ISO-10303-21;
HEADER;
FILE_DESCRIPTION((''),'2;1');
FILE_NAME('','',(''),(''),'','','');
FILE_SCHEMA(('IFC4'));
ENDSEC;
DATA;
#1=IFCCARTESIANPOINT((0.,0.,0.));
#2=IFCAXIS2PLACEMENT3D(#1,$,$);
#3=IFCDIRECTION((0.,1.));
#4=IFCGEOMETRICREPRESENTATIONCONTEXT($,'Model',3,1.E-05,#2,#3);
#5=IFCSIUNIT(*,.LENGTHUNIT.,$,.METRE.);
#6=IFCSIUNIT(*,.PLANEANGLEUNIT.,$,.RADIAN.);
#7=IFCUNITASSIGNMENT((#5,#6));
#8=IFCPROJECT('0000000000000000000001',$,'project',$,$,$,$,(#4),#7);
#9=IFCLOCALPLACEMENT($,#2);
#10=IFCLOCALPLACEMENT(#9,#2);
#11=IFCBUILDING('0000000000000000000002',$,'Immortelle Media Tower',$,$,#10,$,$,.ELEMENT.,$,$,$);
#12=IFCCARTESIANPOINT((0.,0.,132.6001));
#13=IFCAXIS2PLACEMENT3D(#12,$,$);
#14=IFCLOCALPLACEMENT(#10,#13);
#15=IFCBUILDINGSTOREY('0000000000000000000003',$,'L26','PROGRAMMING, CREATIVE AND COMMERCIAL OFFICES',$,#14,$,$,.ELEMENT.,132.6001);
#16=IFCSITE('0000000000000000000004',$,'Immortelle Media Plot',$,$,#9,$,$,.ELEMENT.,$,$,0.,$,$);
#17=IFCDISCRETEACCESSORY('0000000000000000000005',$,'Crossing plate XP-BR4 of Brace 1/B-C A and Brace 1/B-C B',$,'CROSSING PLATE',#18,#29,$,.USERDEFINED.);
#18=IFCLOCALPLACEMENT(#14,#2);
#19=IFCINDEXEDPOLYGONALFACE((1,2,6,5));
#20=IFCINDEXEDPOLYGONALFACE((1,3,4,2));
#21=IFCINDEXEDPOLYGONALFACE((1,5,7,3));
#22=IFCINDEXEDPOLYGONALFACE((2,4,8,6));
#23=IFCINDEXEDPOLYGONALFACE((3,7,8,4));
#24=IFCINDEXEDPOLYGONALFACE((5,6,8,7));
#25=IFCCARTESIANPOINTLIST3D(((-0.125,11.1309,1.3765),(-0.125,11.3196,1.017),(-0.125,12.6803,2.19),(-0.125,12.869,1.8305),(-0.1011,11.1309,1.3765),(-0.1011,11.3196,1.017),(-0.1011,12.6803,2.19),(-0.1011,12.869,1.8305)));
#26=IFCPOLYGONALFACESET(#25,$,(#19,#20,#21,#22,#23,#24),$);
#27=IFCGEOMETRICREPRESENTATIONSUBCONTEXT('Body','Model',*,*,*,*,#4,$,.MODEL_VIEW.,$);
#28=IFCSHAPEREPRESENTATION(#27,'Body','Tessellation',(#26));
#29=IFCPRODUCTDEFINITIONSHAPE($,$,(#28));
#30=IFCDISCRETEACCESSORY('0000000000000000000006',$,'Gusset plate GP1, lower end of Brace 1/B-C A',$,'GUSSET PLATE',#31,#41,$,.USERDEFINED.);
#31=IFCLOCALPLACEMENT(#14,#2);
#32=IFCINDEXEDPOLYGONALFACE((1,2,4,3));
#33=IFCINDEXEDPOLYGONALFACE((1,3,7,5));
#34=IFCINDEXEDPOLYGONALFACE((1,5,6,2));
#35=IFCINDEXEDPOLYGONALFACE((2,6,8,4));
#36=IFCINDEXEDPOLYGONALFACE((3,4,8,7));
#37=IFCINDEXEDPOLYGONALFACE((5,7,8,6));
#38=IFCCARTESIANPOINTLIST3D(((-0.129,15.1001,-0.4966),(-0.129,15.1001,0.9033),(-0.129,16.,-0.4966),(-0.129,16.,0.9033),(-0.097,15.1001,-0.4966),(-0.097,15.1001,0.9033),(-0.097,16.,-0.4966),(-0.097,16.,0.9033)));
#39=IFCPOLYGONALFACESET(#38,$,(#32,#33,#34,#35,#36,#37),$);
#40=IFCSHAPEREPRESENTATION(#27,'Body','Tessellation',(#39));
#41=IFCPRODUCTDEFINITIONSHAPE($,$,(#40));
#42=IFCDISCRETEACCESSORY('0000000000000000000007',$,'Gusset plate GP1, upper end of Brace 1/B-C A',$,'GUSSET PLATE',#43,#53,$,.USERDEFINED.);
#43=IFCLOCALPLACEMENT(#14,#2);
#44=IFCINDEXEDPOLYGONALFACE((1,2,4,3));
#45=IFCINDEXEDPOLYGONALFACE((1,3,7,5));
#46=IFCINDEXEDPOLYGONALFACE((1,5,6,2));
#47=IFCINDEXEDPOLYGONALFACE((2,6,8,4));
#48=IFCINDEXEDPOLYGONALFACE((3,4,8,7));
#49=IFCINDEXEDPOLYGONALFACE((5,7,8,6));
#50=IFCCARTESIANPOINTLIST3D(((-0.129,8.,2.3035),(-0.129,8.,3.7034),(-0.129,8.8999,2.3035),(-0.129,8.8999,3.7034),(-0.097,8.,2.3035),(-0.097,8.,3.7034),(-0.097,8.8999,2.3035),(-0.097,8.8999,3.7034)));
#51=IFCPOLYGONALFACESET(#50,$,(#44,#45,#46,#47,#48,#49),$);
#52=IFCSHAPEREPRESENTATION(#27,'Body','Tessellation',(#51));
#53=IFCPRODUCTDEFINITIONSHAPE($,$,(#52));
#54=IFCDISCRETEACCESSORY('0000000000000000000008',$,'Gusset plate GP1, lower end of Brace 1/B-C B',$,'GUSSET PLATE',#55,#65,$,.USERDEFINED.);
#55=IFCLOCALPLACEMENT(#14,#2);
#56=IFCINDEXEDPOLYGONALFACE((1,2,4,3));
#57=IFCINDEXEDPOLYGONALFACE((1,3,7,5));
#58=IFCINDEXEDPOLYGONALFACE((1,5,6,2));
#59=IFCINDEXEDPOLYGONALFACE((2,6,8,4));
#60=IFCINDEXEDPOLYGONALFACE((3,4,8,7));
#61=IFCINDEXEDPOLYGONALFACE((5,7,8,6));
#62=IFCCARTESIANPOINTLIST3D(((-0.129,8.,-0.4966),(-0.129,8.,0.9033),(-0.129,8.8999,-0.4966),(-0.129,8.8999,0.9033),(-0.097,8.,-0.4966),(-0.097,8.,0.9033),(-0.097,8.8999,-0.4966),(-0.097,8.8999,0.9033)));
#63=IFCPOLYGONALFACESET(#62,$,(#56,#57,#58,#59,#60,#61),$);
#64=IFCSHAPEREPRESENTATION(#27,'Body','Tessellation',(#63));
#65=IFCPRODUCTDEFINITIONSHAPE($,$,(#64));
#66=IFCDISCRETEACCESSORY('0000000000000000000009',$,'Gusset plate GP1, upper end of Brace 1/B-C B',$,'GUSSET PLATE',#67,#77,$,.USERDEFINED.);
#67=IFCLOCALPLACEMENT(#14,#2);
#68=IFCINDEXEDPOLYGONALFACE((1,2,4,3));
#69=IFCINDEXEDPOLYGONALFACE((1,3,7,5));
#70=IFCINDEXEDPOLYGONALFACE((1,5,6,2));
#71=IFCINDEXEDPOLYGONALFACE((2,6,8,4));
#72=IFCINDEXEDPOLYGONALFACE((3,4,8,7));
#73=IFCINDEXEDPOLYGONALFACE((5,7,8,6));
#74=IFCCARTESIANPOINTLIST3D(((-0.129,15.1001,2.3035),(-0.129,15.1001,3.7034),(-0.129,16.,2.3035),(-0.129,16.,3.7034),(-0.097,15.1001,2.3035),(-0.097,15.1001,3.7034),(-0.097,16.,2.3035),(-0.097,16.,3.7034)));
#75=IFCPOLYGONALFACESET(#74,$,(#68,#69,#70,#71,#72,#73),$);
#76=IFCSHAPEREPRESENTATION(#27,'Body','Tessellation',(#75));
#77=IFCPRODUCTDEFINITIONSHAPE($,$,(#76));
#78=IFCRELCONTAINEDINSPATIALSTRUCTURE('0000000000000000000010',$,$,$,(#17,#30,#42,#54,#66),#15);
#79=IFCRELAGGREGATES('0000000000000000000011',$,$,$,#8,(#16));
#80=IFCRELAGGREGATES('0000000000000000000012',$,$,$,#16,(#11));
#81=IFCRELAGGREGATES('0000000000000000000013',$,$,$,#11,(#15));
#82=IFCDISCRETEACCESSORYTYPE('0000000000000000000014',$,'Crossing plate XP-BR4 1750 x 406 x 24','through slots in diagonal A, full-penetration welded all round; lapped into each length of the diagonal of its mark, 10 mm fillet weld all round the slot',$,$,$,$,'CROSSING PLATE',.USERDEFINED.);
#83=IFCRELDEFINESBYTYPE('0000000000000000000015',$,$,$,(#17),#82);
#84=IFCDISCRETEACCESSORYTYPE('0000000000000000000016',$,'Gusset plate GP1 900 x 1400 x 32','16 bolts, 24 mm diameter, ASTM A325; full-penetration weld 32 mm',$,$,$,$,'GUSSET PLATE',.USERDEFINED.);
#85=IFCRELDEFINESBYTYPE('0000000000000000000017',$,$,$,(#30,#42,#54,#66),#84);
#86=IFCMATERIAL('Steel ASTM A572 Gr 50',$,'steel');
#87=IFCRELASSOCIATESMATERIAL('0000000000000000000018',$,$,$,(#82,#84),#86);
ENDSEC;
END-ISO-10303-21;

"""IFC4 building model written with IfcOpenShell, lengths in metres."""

from ifc_helpers import new_model, si_unit, direction, frame, origin, origin_2d, place, context, subcontext, project, spatial, rectangle, extrude, material, material_profile, profile_set, type_object, element, save


model = new_model("IFC4")

# Units and contexts
model_context = context("Model", 3, precision=1e-05, world=origin(), true_north=direction((0.0, 1.0)))
body_context = subcontext(model_context, "Body", "Model", "MODEL_VIEW")
ifc_project = project(units=[si_unit("LENGTHUNIT", "METRE"), si_unit("PLANEANGLEUNIT", "RADIAN")], contexts=[model_context])

# Site, building, storey
site_placement = place(None, origin())
site = spatial("IfcSite", under=ifc_project, at=site_placement, Name="Immortelle Media Plot", CompositionType="ELEMENT", RefElevation=0.0)
building_placement = place(site_placement, origin())
building = spatial("IfcBuilding", under=site, at=building_placement, Name="Immortelle Media Tower", CompositionType="ELEMENT")
storey_placement = place(building_placement, frame((0.0, 0.0, 132.6001)))
storey = spatial("IfcBuildingStorey", under=building, at=storey_placement, Name="L26", Description="PROGRAMMING, CREATIVE AND COMMERCIAL OFFICES", CompositionType="ELEMENT", Elevation=132.6001)

# Discrete accessories
ifc_material_1 = material(Name="Steel ASTM A572 Gr 50", Category="steel")
ifc_material_profile_1 = material_profile(ifc_material_1, rectangle(XDim=0.0239, YDim=0.406, at=origin_2d()), Name="PL 24 x 406")
ifc_profile_set_1 = profile_set([ifc_material_profile_1], Name="Steel ASTM A572 Gr 50")
discrete_accessory_type_1 = type_object("IfcDiscreteAccessoryType", Name="Crossing plate XP-BR4 1750 x 406 x 24", Description="through slots in diagonal A, full-penetration welded all round; lapped into each length of the diagonal of its mark, 10 mm fillet weld all round the slot", ElementType="CROSSING PLATE", PredefinedType="USERDEFINED", material=ifc_profile_set_1)
discrete_accessory_placement = place(storey_placement, frame((-0.113, 12.7747, 2.0103), z_axis=(0.0, -0.885378, -0.464872), x_axis=(1.0, 0.0, 0.0)))
element("IfcDiscreteAccessory", 1, at=discrete_accessory_placement, inside=storey, type_object=discrete_accessory_type_1, Name="Crossing plate XP-BR4 of Brace 1/B-C A and Brace 1/B-C B", ObjectType="CROSSING PLATE", PredefinedType="USERDEFINED", context=body_context, shape_type="SweptSolid", body=[
    extrude(rectangle(XDim=0.0239, YDim=0.406, at=origin_2d()), origin(), (0.0, 0.0, 1.0), 1.75),
])
ifc_material_profile_2 = material_profile(ifc_material_1, rectangle(XDim=0.032, YDim=1.3999, at=origin_2d()), Name="PL 32 x 1400")
ifc_profile_set_2 = profile_set([ifc_material_profile_2], Name="Steel ASTM A572 Gr 50")
discrete_accessory_type_2 = type_object("IfcDiscreteAccessoryType", Name="Gusset plate GP1 900 x 1400 x 32", Description="16 bolts, 24 mm diameter, ASTM A325; full-penetration weld 32 mm", ElementType="GUSSET PLATE", PredefinedType="USERDEFINED", material=ifc_profile_set_2)
for number, where, z_axis, x_axis, name in (
    (2, (-0.113, 16.0, 0.2034), (0.0, -1.0, 0.0), (1.0, 0.0, 0.0), "Gusset plate GP1, lower end of Brace 1/B-C A"),
    (3, (-0.113, 8.0, 3.0034), (0.0, 1.0, 0.0), (-1.0, 0.0, 0.0), "Gusset plate GP1, upper end of Brace 1/B-C A"),
    (4, (-0.113, 8.0, 0.2034), (0.0, 1.0, 0.0), (-1.0, 0.0, 0.0), "Gusset plate GP1, lower end of Brace 1/B-C B"),
    (5, (-0.113, 16.0, 3.0034), (0.0, -1.0, 0.0), (1.0, 0.0, 0.0), "Gusset plate GP1, upper end of Brace 1/B-C B"),
):
    element("IfcDiscreteAccessory", number, at=place(storey_placement, frame(where, z_axis=z_axis, x_axis=x_axis)), inside=storey, type_object=discrete_accessory_type_2, Name=name, ObjectType="GUSSET PLATE", PredefinedType="USERDEFINED", context=body_context, shape_type="SweptSolid", body=[
        extrude(rectangle(XDim=0.032, YDim=1.3999, at=origin_2d()), origin(), (0.0, 0.0, 1.0), 0.8999),
    ])

save(model, "model.ifc")
